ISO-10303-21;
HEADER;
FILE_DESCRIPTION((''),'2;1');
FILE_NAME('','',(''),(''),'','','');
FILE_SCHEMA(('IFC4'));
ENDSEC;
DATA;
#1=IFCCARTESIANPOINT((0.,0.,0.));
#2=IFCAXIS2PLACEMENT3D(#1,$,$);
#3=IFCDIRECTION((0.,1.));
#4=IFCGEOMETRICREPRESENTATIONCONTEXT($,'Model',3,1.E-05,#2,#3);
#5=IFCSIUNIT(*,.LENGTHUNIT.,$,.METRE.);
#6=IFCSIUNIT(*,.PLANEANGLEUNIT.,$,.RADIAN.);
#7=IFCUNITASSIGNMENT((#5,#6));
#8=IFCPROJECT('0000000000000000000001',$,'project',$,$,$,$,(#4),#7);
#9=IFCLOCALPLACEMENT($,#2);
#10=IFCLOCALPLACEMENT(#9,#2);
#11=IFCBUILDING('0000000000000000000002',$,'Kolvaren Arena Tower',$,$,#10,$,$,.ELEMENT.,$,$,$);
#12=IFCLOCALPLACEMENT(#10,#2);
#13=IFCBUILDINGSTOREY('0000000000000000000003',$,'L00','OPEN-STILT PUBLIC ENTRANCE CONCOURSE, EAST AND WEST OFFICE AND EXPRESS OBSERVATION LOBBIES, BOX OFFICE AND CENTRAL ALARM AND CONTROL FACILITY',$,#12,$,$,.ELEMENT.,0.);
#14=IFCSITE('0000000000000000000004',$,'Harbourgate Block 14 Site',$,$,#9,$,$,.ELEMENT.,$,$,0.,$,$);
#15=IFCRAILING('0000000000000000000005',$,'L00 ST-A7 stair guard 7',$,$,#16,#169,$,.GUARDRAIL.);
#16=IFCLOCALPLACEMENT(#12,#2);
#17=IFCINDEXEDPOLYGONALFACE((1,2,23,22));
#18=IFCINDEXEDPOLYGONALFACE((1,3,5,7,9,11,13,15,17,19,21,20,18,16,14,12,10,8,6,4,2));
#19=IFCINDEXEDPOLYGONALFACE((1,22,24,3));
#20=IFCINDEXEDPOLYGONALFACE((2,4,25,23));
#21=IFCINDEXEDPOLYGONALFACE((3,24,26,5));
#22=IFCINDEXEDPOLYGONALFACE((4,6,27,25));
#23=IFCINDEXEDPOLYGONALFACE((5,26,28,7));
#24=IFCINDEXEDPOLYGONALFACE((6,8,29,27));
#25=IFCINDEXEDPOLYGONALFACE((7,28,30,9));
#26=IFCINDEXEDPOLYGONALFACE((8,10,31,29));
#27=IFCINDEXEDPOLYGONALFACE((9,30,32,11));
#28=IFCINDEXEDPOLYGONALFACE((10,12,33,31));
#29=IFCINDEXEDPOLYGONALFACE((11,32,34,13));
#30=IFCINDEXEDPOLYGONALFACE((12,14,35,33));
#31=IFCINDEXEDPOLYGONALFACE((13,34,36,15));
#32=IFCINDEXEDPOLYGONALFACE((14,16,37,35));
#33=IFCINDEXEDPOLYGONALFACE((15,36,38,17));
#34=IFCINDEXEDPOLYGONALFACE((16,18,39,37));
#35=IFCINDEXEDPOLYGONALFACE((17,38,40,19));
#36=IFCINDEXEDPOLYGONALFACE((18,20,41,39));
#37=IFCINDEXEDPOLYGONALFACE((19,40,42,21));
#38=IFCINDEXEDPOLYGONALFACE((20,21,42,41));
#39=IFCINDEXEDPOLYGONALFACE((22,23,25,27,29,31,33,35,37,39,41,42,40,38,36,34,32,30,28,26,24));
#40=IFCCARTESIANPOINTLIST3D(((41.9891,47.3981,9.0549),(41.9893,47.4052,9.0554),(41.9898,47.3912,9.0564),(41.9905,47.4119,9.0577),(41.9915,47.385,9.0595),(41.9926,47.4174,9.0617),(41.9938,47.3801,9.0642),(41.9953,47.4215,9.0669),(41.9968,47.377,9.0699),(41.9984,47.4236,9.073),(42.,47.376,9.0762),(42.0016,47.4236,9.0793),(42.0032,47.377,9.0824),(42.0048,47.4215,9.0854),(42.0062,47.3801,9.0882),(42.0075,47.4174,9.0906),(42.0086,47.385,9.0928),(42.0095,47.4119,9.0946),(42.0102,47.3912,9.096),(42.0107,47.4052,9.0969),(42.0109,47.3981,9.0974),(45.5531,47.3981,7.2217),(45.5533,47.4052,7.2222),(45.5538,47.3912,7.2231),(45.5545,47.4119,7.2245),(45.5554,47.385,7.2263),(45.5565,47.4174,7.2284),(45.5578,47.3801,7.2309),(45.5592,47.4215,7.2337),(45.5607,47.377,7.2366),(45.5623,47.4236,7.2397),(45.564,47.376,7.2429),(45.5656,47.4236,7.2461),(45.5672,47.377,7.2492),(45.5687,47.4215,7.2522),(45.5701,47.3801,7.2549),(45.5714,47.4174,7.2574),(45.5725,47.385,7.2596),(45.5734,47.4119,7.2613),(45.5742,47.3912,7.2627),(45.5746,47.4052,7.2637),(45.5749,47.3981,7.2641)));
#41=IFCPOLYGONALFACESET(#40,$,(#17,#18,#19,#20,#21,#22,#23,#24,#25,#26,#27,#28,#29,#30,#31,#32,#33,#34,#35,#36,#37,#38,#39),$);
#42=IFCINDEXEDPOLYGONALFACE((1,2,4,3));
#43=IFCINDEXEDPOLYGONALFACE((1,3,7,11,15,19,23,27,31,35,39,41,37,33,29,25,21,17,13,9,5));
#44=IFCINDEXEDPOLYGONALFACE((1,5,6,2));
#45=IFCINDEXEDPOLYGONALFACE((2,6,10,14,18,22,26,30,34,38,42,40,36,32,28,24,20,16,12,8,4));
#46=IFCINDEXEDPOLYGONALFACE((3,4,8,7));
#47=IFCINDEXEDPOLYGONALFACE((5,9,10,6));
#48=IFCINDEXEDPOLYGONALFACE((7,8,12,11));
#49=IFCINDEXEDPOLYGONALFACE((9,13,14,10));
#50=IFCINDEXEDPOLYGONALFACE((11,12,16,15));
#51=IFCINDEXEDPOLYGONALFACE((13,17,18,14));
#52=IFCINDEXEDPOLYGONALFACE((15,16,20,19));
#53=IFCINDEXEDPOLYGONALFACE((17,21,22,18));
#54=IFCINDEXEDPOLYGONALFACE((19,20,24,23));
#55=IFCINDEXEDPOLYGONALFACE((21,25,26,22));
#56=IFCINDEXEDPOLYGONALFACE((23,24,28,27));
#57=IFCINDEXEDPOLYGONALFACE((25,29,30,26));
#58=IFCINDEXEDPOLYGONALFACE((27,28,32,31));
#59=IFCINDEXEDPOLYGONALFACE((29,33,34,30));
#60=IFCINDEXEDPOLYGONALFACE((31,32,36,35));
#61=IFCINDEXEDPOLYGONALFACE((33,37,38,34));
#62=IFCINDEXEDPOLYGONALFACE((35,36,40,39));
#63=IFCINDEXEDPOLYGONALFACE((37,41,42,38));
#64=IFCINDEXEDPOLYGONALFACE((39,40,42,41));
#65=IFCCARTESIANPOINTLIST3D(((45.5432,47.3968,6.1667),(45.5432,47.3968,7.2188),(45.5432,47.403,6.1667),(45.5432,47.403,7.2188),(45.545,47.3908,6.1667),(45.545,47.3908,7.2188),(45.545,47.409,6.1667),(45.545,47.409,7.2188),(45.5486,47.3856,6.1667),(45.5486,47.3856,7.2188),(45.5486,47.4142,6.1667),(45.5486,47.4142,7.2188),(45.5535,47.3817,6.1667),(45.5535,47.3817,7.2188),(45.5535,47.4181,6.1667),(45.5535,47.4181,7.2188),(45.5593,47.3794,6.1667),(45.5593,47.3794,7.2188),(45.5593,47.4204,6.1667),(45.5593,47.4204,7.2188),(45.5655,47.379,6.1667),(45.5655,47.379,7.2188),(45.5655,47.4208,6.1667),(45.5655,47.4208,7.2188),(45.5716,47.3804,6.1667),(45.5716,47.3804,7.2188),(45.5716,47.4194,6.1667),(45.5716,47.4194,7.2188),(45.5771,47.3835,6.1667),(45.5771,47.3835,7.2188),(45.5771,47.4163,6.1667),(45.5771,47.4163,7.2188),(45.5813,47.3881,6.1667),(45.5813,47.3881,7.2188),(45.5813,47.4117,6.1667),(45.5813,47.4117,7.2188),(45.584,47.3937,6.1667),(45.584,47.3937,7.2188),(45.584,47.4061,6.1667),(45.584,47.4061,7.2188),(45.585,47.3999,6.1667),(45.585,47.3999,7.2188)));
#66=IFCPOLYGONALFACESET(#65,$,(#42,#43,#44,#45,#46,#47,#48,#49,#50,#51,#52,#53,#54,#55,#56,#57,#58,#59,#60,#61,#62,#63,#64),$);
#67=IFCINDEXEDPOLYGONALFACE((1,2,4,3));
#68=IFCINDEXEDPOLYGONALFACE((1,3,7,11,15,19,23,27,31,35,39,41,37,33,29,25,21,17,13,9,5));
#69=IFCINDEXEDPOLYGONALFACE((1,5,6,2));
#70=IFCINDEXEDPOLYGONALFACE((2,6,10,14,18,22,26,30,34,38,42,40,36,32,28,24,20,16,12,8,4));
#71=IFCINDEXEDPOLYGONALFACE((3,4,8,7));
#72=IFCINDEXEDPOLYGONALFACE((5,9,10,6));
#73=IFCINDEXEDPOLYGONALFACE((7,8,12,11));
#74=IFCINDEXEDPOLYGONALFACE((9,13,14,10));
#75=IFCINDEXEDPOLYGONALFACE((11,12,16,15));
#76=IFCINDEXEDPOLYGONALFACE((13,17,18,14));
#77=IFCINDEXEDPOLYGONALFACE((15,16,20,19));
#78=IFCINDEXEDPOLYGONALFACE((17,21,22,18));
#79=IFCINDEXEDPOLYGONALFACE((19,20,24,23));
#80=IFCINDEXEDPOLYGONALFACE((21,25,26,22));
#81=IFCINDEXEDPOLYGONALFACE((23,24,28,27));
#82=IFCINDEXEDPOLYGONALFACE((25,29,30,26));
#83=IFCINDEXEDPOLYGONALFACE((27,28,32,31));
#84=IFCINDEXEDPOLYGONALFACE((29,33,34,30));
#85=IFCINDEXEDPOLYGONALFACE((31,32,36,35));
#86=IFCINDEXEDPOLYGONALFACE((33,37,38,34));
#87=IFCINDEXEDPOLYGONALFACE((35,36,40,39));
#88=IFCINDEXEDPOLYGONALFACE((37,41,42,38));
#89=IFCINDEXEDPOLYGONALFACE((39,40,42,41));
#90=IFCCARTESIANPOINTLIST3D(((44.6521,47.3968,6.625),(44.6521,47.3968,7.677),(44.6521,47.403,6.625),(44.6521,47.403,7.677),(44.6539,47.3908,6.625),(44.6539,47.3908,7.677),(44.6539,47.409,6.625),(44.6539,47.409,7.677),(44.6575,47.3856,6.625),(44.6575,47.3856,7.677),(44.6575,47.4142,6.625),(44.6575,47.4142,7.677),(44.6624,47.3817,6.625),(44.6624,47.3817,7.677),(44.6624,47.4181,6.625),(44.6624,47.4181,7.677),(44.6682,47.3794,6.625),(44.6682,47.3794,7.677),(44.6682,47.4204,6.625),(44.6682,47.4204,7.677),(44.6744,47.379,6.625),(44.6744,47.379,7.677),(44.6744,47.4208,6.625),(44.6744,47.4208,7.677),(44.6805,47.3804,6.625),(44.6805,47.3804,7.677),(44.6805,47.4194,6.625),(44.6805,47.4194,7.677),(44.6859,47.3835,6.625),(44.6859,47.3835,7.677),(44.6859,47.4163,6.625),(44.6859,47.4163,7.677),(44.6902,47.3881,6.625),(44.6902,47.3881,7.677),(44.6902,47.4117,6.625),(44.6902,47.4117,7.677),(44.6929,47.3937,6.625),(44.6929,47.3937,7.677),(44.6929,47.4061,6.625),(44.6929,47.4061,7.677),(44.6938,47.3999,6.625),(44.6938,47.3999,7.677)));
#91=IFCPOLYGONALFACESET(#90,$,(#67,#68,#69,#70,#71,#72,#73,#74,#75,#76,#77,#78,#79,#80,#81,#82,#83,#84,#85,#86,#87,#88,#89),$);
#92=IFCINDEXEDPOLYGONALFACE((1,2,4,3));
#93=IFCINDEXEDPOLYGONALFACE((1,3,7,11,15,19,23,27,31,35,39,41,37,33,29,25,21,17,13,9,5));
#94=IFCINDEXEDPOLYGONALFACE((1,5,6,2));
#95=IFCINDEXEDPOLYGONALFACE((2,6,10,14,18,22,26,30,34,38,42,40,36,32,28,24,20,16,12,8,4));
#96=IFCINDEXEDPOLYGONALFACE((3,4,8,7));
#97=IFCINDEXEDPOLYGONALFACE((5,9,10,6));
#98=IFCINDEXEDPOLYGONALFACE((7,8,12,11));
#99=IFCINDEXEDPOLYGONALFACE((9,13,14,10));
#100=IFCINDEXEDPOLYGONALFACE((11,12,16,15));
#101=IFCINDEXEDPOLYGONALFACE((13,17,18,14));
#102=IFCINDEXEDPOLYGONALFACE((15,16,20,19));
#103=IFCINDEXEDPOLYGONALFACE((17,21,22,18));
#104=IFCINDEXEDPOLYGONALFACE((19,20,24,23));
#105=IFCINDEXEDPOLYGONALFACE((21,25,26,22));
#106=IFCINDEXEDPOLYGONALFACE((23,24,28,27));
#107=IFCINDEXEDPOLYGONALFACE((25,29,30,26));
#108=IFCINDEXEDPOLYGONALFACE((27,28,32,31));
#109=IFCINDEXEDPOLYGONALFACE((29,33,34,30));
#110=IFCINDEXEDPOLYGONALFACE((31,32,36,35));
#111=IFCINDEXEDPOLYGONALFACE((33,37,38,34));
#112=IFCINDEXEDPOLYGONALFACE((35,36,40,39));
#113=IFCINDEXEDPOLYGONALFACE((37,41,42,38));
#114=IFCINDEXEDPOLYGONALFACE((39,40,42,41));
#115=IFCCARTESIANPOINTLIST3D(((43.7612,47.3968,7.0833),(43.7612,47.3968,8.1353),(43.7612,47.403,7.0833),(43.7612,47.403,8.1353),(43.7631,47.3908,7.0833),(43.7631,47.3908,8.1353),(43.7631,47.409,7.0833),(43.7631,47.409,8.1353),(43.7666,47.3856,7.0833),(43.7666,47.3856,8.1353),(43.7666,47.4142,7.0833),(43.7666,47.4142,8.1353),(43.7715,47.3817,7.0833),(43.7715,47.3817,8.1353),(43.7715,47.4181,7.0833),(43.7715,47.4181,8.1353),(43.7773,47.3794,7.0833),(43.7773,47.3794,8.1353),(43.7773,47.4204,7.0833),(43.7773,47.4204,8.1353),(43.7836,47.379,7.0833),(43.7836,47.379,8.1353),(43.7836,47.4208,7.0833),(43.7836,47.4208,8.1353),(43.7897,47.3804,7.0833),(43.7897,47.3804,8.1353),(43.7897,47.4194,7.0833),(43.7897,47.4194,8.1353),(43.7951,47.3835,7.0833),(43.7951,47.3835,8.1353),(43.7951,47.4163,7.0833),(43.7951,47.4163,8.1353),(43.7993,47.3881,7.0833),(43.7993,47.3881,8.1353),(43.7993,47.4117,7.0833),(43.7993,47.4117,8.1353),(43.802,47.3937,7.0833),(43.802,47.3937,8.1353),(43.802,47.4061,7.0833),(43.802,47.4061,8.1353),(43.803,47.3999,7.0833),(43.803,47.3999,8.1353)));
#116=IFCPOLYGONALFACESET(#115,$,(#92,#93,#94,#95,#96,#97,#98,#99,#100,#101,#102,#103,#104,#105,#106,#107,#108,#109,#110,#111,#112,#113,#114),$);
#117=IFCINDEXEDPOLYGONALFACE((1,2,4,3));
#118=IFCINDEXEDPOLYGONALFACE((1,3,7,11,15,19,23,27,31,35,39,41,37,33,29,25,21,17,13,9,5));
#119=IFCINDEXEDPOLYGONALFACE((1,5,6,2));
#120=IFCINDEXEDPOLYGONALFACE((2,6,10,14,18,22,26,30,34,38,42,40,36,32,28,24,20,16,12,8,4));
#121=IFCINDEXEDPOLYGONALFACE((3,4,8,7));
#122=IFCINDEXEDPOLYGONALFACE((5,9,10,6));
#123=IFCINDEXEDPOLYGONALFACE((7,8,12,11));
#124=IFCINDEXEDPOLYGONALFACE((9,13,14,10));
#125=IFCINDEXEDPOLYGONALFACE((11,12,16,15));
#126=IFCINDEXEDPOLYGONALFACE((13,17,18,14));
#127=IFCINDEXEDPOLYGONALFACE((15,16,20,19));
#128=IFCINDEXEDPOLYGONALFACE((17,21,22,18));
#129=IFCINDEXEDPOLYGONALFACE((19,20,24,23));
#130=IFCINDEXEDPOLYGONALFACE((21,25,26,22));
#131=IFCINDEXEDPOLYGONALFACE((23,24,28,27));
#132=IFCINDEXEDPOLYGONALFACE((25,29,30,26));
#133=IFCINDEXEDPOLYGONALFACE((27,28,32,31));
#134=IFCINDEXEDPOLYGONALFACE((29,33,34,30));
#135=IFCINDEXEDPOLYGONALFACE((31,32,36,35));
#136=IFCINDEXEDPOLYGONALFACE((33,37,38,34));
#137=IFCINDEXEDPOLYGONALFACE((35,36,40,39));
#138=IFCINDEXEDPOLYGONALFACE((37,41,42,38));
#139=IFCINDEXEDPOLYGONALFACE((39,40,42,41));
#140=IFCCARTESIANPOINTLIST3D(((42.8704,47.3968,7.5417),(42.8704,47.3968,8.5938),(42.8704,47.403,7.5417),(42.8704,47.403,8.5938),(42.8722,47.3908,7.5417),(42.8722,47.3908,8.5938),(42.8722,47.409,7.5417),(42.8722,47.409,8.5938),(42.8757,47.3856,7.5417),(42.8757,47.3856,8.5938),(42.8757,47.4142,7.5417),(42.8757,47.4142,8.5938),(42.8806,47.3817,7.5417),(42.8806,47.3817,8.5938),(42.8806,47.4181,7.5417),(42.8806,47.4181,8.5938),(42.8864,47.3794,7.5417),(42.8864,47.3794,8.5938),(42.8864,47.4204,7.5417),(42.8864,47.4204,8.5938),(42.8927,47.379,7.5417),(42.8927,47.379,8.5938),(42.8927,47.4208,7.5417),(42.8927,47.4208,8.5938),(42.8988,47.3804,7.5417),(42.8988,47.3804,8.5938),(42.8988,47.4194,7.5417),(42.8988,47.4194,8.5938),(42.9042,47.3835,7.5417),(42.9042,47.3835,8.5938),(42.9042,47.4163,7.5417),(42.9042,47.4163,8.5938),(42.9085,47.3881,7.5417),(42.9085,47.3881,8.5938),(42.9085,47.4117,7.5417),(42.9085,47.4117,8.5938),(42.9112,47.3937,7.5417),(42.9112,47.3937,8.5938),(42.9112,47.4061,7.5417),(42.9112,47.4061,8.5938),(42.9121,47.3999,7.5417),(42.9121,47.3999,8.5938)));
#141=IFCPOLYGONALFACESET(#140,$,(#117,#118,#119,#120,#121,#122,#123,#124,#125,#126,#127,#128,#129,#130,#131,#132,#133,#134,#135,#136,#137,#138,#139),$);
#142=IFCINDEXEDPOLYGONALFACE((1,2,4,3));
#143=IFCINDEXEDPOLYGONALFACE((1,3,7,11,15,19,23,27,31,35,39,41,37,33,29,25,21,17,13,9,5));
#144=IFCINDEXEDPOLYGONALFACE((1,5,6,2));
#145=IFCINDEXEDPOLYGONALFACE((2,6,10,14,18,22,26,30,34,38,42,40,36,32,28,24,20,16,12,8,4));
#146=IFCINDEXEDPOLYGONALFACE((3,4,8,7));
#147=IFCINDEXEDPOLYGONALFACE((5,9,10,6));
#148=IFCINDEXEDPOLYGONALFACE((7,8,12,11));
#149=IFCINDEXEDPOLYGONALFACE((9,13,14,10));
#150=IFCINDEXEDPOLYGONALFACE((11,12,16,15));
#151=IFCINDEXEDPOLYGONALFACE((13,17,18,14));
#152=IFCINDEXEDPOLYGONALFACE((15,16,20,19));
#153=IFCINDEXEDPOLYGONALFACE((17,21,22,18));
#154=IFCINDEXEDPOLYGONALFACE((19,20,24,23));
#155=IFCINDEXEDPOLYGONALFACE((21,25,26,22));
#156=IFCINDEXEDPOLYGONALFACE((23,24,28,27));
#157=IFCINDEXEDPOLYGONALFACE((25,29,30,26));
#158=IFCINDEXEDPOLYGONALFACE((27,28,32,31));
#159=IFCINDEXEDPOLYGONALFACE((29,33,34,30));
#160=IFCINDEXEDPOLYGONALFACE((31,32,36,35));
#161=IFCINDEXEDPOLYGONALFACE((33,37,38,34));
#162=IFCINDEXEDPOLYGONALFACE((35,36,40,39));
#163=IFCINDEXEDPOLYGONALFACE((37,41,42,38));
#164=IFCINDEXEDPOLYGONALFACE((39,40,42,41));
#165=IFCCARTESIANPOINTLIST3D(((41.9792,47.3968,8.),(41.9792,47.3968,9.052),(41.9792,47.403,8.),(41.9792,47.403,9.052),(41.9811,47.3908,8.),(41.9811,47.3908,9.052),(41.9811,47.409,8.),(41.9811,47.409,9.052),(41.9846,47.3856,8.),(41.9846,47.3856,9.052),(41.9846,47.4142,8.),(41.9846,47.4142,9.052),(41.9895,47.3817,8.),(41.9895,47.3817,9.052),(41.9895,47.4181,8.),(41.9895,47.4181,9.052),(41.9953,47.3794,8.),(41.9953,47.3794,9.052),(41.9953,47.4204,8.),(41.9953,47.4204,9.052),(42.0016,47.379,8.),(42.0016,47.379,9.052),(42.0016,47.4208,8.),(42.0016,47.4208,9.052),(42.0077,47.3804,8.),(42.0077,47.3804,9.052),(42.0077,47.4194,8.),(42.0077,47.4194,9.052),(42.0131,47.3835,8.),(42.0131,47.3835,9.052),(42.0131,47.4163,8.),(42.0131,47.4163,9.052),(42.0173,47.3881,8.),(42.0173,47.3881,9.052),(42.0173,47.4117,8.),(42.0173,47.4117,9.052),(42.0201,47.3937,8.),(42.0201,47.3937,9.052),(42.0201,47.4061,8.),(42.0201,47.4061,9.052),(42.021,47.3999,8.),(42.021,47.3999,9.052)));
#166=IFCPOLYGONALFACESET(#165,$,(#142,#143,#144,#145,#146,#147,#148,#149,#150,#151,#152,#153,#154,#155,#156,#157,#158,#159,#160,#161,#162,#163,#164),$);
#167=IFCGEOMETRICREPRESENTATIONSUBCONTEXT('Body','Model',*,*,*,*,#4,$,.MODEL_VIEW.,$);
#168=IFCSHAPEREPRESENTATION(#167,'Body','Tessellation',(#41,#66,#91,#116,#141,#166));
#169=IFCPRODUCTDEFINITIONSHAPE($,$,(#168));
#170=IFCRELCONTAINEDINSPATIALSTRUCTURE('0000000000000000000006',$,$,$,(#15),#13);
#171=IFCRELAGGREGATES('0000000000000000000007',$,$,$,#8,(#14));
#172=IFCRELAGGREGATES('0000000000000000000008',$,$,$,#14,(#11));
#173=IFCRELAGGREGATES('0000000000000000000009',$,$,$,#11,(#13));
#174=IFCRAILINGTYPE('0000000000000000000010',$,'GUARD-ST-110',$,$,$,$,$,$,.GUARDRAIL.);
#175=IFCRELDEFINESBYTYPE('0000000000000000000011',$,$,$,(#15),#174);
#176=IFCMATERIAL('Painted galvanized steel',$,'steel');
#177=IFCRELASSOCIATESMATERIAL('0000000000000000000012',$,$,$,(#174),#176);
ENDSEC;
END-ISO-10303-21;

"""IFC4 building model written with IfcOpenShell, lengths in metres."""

from ifc_helpers import new_model, si_unit, direction, frame, origin, origin_2d, place, context, subcontext, project, spatial, circle, extrude, material, type_object, element, save


model = new_model("IFC4")

# Units and contexts
model_context = context("Model", 3, precision=1e-05, world=origin(), true_north=direction((0.0, 1.0)))
body_context = subcontext(model_context, "Body", "Model", "MODEL_VIEW")
ifc_project = project(units=[si_unit("LENGTHUNIT", "METRE"), si_unit("PLANEANGLEUNIT", "RADIAN")], contexts=[model_context])

# Site, building, storey
site_placement = place(None, origin())
site = spatial("IfcSite", under=ifc_project, at=site_placement, Name="Harbourgate Block 14 Site", CompositionType="ELEMENT", RefElevation=0.0)
building_placement = place(site_placement, origin())
building = spatial("IfcBuilding", under=site, at=building_placement, Name="Kolvaren Arena Tower", CompositionType="ELEMENT")
storey_placement = place(building_placement, origin())
storey = spatial("IfcBuildingStorey", under=building, at=storey_placement, Name="L00", Description="OPEN-STILT PUBLIC ENTRANCE CONCOURSE, EAST AND WEST OFFICE AND EXPRESS OBSERVATION LOBBIES, BOX OFFICE AND CENTRAL ALARM AND CONTROL FACILITY", CompositionType="ELEMENT", Elevation=0.0)

# Railing
ifc_material_1 = material(Name="Painted galvanized steel", Category="steel")
railing_type_1 = type_object("IfcRailingType", Name="GUARD-ST-110", PredefinedType="GUARDRAIL", material=ifc_material_1)
railing_1_placement = place(storey_placement, frame((45.564, 47.3999, 6.1667)))
element("IfcRailing", 1, at=railing_1_placement, inside=storey, type_object=railing_type_1, Name="L00 ST-A7 stair guard 7", PredefinedType="GUARDRAIL", context=body_context, shape_type="SweptSolid", body=[
    extrude(circle(Radius=0.0239, at=origin_2d()), frame((0.0, 0.0, 1.0762), z_axis=(-0.889252, 0.0, 0.457418), x_axis=(0.0, -1.0, 0.0)), (0.0, 0.0, 1.0), 4.0078),
    extrude(circle(Radius=0.021, at=origin_2d()), origin(), (0.0, 0.0, 1.0), 1.052),
    extrude(circle(Radius=0.021, at=origin_2d()), frame((-0.8911, 0.0, 0.4583)), (0.0, 0.0, 1.0), 1.052),
    extrude(circle(Radius=0.021, at=origin_2d()), frame((-1.782, 0.0, 0.9165)), (0.0, 0.0, 1.0), 1.052),
    extrude(circle(Radius=0.021, at=origin_2d()), frame((-2.6729, 0.0, 1.375)), (0.0, 0.0, 1.0), 1.052),
    extrude(circle(Radius=0.021, at=origin_2d()), frame((-3.564, 0.0, 1.8333)), (0.0, 0.0, 1.0), 1.052),
])

save(model, "model.ifc")
